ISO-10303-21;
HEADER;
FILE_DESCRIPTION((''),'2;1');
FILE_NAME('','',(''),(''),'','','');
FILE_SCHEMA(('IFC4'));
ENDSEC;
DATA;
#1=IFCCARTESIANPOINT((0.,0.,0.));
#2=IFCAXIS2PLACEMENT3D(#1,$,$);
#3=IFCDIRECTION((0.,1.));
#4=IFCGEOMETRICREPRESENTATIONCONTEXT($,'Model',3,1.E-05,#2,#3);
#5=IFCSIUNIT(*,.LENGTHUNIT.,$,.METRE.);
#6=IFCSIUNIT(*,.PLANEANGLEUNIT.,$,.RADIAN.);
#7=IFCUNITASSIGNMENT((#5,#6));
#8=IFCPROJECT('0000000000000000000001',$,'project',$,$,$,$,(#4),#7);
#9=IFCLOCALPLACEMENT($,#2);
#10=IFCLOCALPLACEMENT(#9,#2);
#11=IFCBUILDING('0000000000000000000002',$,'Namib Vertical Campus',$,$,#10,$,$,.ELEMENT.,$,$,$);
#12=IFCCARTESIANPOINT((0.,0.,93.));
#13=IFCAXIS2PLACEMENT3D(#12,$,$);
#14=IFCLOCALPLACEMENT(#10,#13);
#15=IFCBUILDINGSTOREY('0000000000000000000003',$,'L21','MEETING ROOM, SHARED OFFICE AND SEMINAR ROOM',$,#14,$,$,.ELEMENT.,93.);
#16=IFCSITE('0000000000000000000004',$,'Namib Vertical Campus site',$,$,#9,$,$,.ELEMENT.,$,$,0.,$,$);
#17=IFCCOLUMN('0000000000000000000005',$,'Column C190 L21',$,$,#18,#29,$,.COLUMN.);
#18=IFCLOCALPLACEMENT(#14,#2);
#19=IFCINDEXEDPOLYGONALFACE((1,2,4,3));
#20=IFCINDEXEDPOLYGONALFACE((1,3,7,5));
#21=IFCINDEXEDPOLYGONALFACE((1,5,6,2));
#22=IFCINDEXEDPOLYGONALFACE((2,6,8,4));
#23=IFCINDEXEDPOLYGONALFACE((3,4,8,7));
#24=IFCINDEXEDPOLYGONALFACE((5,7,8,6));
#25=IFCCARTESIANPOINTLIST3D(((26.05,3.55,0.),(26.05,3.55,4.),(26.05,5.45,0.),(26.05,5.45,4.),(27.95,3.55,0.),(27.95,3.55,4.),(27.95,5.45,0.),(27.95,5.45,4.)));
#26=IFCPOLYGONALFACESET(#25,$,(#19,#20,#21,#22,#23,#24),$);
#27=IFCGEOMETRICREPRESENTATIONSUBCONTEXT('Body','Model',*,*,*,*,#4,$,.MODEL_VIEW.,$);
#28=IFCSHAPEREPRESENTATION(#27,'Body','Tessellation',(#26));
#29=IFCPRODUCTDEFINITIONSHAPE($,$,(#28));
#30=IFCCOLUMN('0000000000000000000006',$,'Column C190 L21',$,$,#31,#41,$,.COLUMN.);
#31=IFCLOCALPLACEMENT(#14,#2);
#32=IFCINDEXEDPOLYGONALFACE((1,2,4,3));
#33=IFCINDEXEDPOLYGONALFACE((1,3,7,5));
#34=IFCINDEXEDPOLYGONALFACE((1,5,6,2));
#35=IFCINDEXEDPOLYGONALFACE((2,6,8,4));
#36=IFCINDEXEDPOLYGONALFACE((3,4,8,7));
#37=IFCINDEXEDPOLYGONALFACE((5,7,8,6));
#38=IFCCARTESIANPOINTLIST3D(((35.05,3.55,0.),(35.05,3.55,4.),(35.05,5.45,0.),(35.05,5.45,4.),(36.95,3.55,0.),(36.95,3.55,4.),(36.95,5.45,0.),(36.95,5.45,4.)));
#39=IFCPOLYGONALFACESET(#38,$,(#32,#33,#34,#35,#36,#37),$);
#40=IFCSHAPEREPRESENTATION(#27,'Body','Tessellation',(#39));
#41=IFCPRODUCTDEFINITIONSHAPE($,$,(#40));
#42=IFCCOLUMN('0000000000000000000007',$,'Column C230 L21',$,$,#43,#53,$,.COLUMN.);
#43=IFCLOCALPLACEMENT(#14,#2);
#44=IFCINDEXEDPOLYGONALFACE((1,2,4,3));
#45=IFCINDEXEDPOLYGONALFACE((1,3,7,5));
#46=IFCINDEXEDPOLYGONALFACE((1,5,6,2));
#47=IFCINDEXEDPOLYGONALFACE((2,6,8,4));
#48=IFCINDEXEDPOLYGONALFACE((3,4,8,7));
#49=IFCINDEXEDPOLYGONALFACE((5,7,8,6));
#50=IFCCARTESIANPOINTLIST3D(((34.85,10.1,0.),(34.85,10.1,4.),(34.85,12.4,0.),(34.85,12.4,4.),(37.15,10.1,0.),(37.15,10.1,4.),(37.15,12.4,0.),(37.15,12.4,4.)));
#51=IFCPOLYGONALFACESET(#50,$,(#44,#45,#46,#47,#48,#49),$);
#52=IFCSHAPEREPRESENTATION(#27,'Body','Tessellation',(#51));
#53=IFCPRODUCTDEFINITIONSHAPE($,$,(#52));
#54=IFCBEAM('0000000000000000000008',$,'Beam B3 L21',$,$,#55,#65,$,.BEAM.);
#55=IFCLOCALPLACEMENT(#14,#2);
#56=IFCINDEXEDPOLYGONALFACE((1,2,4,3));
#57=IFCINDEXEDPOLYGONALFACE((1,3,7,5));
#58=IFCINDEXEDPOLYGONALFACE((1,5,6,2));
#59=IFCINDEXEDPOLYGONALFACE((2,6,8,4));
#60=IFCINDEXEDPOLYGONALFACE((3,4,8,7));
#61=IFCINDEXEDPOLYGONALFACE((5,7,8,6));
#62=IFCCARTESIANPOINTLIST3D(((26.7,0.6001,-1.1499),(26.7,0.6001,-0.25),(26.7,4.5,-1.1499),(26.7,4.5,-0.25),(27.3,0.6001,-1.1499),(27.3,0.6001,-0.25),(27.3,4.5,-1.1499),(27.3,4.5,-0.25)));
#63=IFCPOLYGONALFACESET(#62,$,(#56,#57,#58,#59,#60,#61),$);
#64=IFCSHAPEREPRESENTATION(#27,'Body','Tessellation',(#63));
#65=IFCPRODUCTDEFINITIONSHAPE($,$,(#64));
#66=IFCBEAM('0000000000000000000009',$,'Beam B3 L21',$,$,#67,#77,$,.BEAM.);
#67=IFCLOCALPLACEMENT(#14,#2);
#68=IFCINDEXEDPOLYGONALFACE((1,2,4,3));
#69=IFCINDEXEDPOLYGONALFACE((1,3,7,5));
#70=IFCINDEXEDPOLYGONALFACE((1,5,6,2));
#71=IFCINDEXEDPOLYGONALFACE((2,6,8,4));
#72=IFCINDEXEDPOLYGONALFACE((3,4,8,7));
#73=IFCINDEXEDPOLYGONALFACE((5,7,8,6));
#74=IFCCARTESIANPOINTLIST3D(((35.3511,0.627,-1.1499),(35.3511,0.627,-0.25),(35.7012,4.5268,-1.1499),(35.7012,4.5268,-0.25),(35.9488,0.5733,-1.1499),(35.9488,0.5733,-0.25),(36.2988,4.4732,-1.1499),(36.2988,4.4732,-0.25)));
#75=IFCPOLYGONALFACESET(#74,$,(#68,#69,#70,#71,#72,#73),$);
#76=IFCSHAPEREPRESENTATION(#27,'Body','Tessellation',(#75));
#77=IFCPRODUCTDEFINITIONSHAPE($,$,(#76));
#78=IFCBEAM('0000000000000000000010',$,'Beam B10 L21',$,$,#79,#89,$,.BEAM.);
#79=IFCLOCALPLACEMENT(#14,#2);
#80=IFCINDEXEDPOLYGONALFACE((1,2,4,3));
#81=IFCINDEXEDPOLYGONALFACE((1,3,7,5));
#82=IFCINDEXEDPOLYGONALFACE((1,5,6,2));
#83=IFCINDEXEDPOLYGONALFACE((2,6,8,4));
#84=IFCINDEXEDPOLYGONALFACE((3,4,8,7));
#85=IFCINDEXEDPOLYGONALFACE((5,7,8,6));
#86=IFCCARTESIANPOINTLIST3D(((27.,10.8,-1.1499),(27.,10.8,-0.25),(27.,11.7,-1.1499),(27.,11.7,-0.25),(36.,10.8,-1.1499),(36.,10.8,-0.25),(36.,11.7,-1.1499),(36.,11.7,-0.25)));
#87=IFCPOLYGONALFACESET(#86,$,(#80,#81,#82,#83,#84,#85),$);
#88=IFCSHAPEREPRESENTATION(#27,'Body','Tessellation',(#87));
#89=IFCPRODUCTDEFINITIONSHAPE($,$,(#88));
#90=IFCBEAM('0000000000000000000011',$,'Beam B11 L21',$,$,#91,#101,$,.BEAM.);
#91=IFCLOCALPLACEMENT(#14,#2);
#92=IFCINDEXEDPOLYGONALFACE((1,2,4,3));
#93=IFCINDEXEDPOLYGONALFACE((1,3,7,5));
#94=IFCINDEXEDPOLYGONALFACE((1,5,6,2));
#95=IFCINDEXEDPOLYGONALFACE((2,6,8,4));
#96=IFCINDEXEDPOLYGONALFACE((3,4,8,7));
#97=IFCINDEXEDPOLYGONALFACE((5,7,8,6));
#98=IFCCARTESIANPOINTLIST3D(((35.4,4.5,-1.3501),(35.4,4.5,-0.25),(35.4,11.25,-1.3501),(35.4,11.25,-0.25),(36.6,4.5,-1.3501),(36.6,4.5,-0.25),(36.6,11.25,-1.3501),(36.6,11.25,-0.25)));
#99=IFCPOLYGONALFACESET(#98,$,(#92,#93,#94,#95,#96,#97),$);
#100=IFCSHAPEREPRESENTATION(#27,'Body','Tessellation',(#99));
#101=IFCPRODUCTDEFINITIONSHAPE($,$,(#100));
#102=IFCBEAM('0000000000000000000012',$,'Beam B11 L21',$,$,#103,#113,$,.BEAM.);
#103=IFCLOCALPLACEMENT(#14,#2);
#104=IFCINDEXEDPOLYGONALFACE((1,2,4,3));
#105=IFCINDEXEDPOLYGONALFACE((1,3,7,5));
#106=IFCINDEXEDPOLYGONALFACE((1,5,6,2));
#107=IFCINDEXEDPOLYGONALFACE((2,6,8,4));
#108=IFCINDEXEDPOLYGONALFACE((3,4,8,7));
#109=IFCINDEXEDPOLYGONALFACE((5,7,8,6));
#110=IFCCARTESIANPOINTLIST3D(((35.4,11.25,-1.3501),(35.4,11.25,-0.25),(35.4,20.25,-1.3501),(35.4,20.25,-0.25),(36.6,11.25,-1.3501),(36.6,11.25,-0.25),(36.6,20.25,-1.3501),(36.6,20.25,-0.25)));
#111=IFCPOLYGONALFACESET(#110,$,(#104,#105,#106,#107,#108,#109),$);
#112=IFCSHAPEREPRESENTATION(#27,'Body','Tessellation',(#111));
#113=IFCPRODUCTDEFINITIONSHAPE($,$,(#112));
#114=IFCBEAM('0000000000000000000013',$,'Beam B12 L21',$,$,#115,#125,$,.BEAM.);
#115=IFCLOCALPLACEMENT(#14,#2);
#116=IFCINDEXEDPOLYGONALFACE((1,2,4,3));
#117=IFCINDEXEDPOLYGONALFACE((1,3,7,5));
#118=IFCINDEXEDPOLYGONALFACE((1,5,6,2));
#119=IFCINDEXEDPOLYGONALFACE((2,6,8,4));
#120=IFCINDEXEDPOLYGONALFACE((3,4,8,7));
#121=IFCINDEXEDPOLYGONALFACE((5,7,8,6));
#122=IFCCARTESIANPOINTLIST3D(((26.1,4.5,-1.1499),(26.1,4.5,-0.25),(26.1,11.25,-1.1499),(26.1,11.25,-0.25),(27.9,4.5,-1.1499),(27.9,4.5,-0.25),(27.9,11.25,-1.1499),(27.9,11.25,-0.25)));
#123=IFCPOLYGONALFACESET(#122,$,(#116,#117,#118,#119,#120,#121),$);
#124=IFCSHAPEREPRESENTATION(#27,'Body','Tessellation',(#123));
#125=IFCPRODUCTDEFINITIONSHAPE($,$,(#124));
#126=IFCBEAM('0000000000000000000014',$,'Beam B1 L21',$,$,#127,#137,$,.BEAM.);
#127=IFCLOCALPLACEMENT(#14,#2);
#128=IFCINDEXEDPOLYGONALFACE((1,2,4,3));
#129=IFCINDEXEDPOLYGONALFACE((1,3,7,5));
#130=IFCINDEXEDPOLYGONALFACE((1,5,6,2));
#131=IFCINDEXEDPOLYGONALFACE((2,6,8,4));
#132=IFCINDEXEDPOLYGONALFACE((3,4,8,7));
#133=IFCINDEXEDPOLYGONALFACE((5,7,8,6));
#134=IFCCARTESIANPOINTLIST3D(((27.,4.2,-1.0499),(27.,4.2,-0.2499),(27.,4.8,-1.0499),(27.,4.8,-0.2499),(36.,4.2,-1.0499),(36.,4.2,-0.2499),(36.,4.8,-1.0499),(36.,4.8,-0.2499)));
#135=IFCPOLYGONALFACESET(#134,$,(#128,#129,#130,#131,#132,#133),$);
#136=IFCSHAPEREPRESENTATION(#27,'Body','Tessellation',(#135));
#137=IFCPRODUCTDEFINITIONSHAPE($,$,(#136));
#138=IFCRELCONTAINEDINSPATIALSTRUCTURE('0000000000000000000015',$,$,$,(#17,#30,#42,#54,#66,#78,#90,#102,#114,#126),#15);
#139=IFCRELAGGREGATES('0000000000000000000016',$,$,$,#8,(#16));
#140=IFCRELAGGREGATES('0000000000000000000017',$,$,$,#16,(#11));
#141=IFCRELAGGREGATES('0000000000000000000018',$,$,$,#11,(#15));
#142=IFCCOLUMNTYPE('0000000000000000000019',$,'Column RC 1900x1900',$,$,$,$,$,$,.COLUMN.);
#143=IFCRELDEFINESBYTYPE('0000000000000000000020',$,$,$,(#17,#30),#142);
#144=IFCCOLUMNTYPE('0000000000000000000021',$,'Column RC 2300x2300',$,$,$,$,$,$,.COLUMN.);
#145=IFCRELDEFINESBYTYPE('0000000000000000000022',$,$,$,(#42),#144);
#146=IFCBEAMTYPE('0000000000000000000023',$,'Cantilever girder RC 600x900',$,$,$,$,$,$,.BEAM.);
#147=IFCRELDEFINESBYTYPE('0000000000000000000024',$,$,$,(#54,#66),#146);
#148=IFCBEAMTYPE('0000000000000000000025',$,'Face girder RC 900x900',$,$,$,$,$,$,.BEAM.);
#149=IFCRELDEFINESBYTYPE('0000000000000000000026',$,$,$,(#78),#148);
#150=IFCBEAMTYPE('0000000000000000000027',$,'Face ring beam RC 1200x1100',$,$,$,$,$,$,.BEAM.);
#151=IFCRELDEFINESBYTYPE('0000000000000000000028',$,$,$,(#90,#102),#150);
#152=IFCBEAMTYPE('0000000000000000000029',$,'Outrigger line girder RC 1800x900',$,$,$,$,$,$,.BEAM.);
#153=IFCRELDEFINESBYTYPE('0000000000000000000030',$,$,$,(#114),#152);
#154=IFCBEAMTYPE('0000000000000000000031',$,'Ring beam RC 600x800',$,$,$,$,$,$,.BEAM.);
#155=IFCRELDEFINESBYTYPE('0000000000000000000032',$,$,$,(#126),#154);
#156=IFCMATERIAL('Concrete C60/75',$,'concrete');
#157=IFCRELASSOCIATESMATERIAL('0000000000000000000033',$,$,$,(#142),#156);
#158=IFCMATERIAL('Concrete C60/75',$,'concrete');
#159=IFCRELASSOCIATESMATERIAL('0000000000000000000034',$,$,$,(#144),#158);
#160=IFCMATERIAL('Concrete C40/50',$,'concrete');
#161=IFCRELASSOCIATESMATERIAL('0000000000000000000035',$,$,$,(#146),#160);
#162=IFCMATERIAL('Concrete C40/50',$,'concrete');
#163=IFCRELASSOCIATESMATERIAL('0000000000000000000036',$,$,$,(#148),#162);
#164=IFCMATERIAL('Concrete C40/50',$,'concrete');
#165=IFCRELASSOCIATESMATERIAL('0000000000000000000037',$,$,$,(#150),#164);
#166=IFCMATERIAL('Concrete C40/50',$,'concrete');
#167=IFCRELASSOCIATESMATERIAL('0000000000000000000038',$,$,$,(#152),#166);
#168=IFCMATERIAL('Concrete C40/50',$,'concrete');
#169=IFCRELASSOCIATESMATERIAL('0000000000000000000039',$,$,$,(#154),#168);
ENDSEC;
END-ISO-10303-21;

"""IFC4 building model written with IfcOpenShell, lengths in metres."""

from ifc_helpers import new_model, si_unit, direction, frame, origin, origin_2d, place, context, subcontext, project, spatial, rectangle, extrude, material, material_profile, profile_set, type_object, element, save


model = new_model("IFC4")

# Units and contexts
model_context = context("Model", 3, precision=1e-05, world=origin(), true_north=direction((0.0, 1.0)))
body_context = subcontext(model_context, "Body", "Model", "MODEL_VIEW")
ifc_project = project(units=[si_unit("LENGTHUNIT", "METRE"), si_unit("PLANEANGLEUNIT", "RADIAN")], contexts=[model_context])

# Site, building, storey
site_placement = place(None, origin())
site = spatial("IfcSite", under=ifc_project, at=site_placement, Name="Namib Vertical Campus site", CompositionType="ELEMENT", RefElevation=0.0)
building_placement = place(site_placement, origin())
building = spatial("IfcBuilding", under=site, at=building_placement, Name="Namib Vertical Campus", CompositionType="ELEMENT")
storey_placement = place(building_placement, frame((0.0, 0.0, 93.0)))
storey = spatial("IfcBuildingStorey", under=building, at=storey_placement, Name="L21", Description="MEETING ROOM, SHARED OFFICE AND SEMINAR ROOM", CompositionType="ELEMENT", Elevation=93.0)

# Columns
ifc_material_1 = material(Name="Concrete C60/75", Category="concrete")
ifc_material_profile_1 = material_profile(ifc_material_1, rectangle(XDim=1.8999, YDim=1.8999, at=origin_2d()))
ifc_profile_set_1 = profile_set([ifc_material_profile_1], Name="Concrete C60/75")
column_type_1 = type_object("IfcColumnType", Name="Column RC 1900x1900", PredefinedType="COLUMN", material=ifc_profile_set_1)
for number, where, z_axis, x_axis, name in (
    (1, (27.0, 4.5, 0.0), (0.0, 0.0, 1.0), (1.0, 0.0, 0.0), "Column C190 L21"),
    (2, (36.0, 4.5, 0.0), (0.0, 0.0, 1.0), (1.0, 0.0, 0.0), "Column C190 L21"),
):
    element("IfcColumn", number, at=place(storey_placement, frame(where, z_axis=z_axis, x_axis=x_axis)), inside=storey, type_object=column_type_1, Name=name, PredefinedType="COLUMN", context=body_context, shape_type="SweptSolid", body=[
        extrude(rectangle(XDim=1.8999, YDim=1.8999, at=origin_2d()), origin(), (0.0, 0.0, 1.0), 4.0),
    ])
ifc_material_2 = material(Name="Concrete C60/75", Category="concrete")
ifc_material_profile_2 = material_profile(ifc_material_2, rectangle(XDim=2.3, YDim=2.3, at=origin_2d()))
ifc_profile_set_2 = profile_set([ifc_material_profile_2], Name="Concrete C60/75")
column_type_2 = type_object("IfcColumnType", Name="Column RC 2300x2300", PredefinedType="COLUMN", material=ifc_profile_set_2)
column_placement = place(storey_placement, frame((36.0, 11.25, 0.0), z_axis=(0.0, 0.0, 1.0), x_axis=(1.0, 0.0, 0.0)))
element("IfcColumn", 3, at=column_placement, inside=storey, type_object=column_type_2, Name="Column C230 L21", PredefinedType="COLUMN", context=body_context, shape_type="SweptSolid", body=[
    extrude(rectangle(XDim=2.3, YDim=2.3, at=origin_2d()), origin(), (0.0, 0.0, 1.0), 4.0),
])

# Beams
ifc_material_3 = material(Name="Concrete C40/50", Category="concrete")
ifc_material_profile_3 = material_profile(ifc_material_3, rectangle(XDim=0.6001, YDim=0.8999, at=origin_2d()))
ifc_profile_set_3 = profile_set([ifc_material_profile_3], Name="Concrete C40/50")
beam_type_1 = type_object("IfcBeamType", Name="Cantilever girder RC 600x900", PredefinedType="BEAM", material=ifc_profile_set_3)
beam_1_placement = place(storey_placement, frame((27.0, 4.5, -0.7), z_axis=(0.0, -1.0, 0.0), x_axis=(1.0, 0.0, 0.0)))
element("IfcBeam", 4, at=beam_1_placement, inside=storey, type_object=beam_type_1, Name="Beam B3 L21", PredefinedType="BEAM", context=body_context, shape_type="SweptSolid", body=[
    extrude(rectangle(XDim=0.6001, YDim=0.8999, at=origin_2d()), origin(), (0.0, 0.0, 1.0), 3.8999),
])
beam_2_placement = place(storey_placement, frame((36.0, 4.5, -0.7), z_axis=(-0.089411, -0.995995, 0.0), x_axis=(0.995995, -0.089411, 0.0)))
element("IfcBeam", 5, at=beam_2_placement, inside=storey, type_object=beam_type_1, Name="Beam B3 L21", PredefinedType="BEAM", context=body_context, shape_type="SweptSolid", body=[
    extrude(rectangle(XDim=0.6001, YDim=0.8999, at=origin_2d()), origin(), (0.0, 0.0, 1.0), 3.9155),
])
ifc_material_4 = material(Name="Concrete C40/50", Category="concrete")
ifc_material_profile_4 = material_profile(ifc_material_4, rectangle(XDim=0.8999, YDim=0.8999, at=origin_2d()))
ifc_profile_set_4 = profile_set([ifc_material_profile_4], Name="Concrete C40/50")
beam_type_2 = type_object("IfcBeamType", Name="Face girder RC 900x900", PredefinedType="BEAM", material=ifc_profile_set_4)
beam_3_placement = place(storey_placement, frame((36.0, 11.25, -0.7), z_axis=(-1.0, 0.0, 0.0), x_axis=(0.0, -1.0, 0.0)))
element("IfcBeam", 6, at=beam_3_placement, inside=storey, type_object=beam_type_2, Name="Beam B10 L21", PredefinedType="BEAM", context=body_context, shape_type="SweptSolid", body=[
    extrude(rectangle(XDim=0.8999, YDim=0.8999, at=origin_2d()), origin(), (0.0, 0.0, 1.0), 9.0),
])
ifc_material_5 = material(Name="Concrete C40/50", Category="concrete")
ifc_material_profile_5 = material_profile(ifc_material_5, rectangle(XDim=1.2, YDim=1.1001, at=origin_2d()))
ifc_profile_set_5 = profile_set([ifc_material_profile_5], Name="Concrete C40/50")
beam_type_3 = type_object("IfcBeamType", Name="Face ring beam RC 1200x1100", PredefinedType="BEAM", material=ifc_profile_set_5)
beam_4_placement = place(storey_placement, frame((36.0, 4.5, -0.8), z_axis=(0.0, 1.0, 0.0), x_axis=(-1.0, 0.0, 0.0)))
element("IfcBeam", 7, at=beam_4_placement, inside=storey, type_object=beam_type_3, Name="Beam B11 L21", PredefinedType="BEAM", context=body_context, shape_type="SweptSolid", body=[
    extrude(rectangle(XDim=1.2, YDim=1.1001, at=origin_2d()), origin(), (0.0, 0.0, 1.0), 6.75),
])
beam_5_placement = place(storey_placement, frame((36.0, 11.25, -0.8), z_axis=(0.0, 1.0, 0.0), x_axis=(-1.0, 0.0, 0.0)))
element("IfcBeam", 8, at=beam_5_placement, inside=storey, type_object=beam_type_3, Name="Beam B11 L21", PredefinedType="BEAM", context=body_context, shape_type="SweptSolid", body=[
    extrude(rectangle(XDim=1.2, YDim=1.1001, at=origin_2d()), origin(), (0.0, 0.0, 1.0), 9.0),
])
ifc_material_6 = material(Name="Concrete C40/50", Category="concrete")
ifc_material_profile_6 = material_profile(ifc_material_6, rectangle(XDim=1.8, YDim=0.8999, at=origin_2d()))
ifc_profile_set_6 = profile_set([ifc_material_profile_6], Name="Concrete C40/50")
beam_type_4 = type_object("IfcBeamType", Name="Outrigger line girder RC 1800x900", PredefinedType="BEAM", material=ifc_profile_set_6)
beam_6_placement = place(storey_placement, frame((27.0, 4.5, -0.7), z_axis=(0.0, 1.0, 0.0), x_axis=(-1.0, 0.0, 0.0)))
element("IfcBeam", 9, at=beam_6_placement, inside=storey, type_object=beam_type_4, Name="Beam B12 L21", PredefinedType="BEAM", context=body_context, shape_type="SweptSolid", body=[
    extrude(rectangle(XDim=1.8, YDim=0.8999, at=origin_2d()), origin(), (0.0, 0.0, 1.0), 6.75),
])
ifc_material_7 = material(Name="Concrete C40/50", Category="concrete")
ifc_material_profile_7 = material_profile(ifc_material_7, rectangle(XDim=0.6001, YDim=0.8, at=origin_2d()))
ifc_profile_set_7 = profile_set([ifc_material_profile_7], Name="Concrete C40/50")
beam_type_5 = type_object("IfcBeamType", Name="Ring beam RC 600x800", PredefinedType="BEAM", material=ifc_profile_set_7)
beam_7_placement = place(storey_placement, frame((27.0, 4.5, -0.6499), z_axis=(1.0, 0.0, 0.0), x_axis=(0.0, 1.0, 0.0)))
element("IfcBeam", 10, at=beam_7_placement, inside=storey, type_object=beam_type_5, Name="Beam B1 L21", PredefinedType="BEAM", context=body_context, shape_type="SweptSolid", body=[
    extrude(rectangle(XDim=0.6001, YDim=0.8, at=origin_2d()), origin(), (0.0, 0.0, 1.0), 9.0),
])

save(model, "model.ifc")
